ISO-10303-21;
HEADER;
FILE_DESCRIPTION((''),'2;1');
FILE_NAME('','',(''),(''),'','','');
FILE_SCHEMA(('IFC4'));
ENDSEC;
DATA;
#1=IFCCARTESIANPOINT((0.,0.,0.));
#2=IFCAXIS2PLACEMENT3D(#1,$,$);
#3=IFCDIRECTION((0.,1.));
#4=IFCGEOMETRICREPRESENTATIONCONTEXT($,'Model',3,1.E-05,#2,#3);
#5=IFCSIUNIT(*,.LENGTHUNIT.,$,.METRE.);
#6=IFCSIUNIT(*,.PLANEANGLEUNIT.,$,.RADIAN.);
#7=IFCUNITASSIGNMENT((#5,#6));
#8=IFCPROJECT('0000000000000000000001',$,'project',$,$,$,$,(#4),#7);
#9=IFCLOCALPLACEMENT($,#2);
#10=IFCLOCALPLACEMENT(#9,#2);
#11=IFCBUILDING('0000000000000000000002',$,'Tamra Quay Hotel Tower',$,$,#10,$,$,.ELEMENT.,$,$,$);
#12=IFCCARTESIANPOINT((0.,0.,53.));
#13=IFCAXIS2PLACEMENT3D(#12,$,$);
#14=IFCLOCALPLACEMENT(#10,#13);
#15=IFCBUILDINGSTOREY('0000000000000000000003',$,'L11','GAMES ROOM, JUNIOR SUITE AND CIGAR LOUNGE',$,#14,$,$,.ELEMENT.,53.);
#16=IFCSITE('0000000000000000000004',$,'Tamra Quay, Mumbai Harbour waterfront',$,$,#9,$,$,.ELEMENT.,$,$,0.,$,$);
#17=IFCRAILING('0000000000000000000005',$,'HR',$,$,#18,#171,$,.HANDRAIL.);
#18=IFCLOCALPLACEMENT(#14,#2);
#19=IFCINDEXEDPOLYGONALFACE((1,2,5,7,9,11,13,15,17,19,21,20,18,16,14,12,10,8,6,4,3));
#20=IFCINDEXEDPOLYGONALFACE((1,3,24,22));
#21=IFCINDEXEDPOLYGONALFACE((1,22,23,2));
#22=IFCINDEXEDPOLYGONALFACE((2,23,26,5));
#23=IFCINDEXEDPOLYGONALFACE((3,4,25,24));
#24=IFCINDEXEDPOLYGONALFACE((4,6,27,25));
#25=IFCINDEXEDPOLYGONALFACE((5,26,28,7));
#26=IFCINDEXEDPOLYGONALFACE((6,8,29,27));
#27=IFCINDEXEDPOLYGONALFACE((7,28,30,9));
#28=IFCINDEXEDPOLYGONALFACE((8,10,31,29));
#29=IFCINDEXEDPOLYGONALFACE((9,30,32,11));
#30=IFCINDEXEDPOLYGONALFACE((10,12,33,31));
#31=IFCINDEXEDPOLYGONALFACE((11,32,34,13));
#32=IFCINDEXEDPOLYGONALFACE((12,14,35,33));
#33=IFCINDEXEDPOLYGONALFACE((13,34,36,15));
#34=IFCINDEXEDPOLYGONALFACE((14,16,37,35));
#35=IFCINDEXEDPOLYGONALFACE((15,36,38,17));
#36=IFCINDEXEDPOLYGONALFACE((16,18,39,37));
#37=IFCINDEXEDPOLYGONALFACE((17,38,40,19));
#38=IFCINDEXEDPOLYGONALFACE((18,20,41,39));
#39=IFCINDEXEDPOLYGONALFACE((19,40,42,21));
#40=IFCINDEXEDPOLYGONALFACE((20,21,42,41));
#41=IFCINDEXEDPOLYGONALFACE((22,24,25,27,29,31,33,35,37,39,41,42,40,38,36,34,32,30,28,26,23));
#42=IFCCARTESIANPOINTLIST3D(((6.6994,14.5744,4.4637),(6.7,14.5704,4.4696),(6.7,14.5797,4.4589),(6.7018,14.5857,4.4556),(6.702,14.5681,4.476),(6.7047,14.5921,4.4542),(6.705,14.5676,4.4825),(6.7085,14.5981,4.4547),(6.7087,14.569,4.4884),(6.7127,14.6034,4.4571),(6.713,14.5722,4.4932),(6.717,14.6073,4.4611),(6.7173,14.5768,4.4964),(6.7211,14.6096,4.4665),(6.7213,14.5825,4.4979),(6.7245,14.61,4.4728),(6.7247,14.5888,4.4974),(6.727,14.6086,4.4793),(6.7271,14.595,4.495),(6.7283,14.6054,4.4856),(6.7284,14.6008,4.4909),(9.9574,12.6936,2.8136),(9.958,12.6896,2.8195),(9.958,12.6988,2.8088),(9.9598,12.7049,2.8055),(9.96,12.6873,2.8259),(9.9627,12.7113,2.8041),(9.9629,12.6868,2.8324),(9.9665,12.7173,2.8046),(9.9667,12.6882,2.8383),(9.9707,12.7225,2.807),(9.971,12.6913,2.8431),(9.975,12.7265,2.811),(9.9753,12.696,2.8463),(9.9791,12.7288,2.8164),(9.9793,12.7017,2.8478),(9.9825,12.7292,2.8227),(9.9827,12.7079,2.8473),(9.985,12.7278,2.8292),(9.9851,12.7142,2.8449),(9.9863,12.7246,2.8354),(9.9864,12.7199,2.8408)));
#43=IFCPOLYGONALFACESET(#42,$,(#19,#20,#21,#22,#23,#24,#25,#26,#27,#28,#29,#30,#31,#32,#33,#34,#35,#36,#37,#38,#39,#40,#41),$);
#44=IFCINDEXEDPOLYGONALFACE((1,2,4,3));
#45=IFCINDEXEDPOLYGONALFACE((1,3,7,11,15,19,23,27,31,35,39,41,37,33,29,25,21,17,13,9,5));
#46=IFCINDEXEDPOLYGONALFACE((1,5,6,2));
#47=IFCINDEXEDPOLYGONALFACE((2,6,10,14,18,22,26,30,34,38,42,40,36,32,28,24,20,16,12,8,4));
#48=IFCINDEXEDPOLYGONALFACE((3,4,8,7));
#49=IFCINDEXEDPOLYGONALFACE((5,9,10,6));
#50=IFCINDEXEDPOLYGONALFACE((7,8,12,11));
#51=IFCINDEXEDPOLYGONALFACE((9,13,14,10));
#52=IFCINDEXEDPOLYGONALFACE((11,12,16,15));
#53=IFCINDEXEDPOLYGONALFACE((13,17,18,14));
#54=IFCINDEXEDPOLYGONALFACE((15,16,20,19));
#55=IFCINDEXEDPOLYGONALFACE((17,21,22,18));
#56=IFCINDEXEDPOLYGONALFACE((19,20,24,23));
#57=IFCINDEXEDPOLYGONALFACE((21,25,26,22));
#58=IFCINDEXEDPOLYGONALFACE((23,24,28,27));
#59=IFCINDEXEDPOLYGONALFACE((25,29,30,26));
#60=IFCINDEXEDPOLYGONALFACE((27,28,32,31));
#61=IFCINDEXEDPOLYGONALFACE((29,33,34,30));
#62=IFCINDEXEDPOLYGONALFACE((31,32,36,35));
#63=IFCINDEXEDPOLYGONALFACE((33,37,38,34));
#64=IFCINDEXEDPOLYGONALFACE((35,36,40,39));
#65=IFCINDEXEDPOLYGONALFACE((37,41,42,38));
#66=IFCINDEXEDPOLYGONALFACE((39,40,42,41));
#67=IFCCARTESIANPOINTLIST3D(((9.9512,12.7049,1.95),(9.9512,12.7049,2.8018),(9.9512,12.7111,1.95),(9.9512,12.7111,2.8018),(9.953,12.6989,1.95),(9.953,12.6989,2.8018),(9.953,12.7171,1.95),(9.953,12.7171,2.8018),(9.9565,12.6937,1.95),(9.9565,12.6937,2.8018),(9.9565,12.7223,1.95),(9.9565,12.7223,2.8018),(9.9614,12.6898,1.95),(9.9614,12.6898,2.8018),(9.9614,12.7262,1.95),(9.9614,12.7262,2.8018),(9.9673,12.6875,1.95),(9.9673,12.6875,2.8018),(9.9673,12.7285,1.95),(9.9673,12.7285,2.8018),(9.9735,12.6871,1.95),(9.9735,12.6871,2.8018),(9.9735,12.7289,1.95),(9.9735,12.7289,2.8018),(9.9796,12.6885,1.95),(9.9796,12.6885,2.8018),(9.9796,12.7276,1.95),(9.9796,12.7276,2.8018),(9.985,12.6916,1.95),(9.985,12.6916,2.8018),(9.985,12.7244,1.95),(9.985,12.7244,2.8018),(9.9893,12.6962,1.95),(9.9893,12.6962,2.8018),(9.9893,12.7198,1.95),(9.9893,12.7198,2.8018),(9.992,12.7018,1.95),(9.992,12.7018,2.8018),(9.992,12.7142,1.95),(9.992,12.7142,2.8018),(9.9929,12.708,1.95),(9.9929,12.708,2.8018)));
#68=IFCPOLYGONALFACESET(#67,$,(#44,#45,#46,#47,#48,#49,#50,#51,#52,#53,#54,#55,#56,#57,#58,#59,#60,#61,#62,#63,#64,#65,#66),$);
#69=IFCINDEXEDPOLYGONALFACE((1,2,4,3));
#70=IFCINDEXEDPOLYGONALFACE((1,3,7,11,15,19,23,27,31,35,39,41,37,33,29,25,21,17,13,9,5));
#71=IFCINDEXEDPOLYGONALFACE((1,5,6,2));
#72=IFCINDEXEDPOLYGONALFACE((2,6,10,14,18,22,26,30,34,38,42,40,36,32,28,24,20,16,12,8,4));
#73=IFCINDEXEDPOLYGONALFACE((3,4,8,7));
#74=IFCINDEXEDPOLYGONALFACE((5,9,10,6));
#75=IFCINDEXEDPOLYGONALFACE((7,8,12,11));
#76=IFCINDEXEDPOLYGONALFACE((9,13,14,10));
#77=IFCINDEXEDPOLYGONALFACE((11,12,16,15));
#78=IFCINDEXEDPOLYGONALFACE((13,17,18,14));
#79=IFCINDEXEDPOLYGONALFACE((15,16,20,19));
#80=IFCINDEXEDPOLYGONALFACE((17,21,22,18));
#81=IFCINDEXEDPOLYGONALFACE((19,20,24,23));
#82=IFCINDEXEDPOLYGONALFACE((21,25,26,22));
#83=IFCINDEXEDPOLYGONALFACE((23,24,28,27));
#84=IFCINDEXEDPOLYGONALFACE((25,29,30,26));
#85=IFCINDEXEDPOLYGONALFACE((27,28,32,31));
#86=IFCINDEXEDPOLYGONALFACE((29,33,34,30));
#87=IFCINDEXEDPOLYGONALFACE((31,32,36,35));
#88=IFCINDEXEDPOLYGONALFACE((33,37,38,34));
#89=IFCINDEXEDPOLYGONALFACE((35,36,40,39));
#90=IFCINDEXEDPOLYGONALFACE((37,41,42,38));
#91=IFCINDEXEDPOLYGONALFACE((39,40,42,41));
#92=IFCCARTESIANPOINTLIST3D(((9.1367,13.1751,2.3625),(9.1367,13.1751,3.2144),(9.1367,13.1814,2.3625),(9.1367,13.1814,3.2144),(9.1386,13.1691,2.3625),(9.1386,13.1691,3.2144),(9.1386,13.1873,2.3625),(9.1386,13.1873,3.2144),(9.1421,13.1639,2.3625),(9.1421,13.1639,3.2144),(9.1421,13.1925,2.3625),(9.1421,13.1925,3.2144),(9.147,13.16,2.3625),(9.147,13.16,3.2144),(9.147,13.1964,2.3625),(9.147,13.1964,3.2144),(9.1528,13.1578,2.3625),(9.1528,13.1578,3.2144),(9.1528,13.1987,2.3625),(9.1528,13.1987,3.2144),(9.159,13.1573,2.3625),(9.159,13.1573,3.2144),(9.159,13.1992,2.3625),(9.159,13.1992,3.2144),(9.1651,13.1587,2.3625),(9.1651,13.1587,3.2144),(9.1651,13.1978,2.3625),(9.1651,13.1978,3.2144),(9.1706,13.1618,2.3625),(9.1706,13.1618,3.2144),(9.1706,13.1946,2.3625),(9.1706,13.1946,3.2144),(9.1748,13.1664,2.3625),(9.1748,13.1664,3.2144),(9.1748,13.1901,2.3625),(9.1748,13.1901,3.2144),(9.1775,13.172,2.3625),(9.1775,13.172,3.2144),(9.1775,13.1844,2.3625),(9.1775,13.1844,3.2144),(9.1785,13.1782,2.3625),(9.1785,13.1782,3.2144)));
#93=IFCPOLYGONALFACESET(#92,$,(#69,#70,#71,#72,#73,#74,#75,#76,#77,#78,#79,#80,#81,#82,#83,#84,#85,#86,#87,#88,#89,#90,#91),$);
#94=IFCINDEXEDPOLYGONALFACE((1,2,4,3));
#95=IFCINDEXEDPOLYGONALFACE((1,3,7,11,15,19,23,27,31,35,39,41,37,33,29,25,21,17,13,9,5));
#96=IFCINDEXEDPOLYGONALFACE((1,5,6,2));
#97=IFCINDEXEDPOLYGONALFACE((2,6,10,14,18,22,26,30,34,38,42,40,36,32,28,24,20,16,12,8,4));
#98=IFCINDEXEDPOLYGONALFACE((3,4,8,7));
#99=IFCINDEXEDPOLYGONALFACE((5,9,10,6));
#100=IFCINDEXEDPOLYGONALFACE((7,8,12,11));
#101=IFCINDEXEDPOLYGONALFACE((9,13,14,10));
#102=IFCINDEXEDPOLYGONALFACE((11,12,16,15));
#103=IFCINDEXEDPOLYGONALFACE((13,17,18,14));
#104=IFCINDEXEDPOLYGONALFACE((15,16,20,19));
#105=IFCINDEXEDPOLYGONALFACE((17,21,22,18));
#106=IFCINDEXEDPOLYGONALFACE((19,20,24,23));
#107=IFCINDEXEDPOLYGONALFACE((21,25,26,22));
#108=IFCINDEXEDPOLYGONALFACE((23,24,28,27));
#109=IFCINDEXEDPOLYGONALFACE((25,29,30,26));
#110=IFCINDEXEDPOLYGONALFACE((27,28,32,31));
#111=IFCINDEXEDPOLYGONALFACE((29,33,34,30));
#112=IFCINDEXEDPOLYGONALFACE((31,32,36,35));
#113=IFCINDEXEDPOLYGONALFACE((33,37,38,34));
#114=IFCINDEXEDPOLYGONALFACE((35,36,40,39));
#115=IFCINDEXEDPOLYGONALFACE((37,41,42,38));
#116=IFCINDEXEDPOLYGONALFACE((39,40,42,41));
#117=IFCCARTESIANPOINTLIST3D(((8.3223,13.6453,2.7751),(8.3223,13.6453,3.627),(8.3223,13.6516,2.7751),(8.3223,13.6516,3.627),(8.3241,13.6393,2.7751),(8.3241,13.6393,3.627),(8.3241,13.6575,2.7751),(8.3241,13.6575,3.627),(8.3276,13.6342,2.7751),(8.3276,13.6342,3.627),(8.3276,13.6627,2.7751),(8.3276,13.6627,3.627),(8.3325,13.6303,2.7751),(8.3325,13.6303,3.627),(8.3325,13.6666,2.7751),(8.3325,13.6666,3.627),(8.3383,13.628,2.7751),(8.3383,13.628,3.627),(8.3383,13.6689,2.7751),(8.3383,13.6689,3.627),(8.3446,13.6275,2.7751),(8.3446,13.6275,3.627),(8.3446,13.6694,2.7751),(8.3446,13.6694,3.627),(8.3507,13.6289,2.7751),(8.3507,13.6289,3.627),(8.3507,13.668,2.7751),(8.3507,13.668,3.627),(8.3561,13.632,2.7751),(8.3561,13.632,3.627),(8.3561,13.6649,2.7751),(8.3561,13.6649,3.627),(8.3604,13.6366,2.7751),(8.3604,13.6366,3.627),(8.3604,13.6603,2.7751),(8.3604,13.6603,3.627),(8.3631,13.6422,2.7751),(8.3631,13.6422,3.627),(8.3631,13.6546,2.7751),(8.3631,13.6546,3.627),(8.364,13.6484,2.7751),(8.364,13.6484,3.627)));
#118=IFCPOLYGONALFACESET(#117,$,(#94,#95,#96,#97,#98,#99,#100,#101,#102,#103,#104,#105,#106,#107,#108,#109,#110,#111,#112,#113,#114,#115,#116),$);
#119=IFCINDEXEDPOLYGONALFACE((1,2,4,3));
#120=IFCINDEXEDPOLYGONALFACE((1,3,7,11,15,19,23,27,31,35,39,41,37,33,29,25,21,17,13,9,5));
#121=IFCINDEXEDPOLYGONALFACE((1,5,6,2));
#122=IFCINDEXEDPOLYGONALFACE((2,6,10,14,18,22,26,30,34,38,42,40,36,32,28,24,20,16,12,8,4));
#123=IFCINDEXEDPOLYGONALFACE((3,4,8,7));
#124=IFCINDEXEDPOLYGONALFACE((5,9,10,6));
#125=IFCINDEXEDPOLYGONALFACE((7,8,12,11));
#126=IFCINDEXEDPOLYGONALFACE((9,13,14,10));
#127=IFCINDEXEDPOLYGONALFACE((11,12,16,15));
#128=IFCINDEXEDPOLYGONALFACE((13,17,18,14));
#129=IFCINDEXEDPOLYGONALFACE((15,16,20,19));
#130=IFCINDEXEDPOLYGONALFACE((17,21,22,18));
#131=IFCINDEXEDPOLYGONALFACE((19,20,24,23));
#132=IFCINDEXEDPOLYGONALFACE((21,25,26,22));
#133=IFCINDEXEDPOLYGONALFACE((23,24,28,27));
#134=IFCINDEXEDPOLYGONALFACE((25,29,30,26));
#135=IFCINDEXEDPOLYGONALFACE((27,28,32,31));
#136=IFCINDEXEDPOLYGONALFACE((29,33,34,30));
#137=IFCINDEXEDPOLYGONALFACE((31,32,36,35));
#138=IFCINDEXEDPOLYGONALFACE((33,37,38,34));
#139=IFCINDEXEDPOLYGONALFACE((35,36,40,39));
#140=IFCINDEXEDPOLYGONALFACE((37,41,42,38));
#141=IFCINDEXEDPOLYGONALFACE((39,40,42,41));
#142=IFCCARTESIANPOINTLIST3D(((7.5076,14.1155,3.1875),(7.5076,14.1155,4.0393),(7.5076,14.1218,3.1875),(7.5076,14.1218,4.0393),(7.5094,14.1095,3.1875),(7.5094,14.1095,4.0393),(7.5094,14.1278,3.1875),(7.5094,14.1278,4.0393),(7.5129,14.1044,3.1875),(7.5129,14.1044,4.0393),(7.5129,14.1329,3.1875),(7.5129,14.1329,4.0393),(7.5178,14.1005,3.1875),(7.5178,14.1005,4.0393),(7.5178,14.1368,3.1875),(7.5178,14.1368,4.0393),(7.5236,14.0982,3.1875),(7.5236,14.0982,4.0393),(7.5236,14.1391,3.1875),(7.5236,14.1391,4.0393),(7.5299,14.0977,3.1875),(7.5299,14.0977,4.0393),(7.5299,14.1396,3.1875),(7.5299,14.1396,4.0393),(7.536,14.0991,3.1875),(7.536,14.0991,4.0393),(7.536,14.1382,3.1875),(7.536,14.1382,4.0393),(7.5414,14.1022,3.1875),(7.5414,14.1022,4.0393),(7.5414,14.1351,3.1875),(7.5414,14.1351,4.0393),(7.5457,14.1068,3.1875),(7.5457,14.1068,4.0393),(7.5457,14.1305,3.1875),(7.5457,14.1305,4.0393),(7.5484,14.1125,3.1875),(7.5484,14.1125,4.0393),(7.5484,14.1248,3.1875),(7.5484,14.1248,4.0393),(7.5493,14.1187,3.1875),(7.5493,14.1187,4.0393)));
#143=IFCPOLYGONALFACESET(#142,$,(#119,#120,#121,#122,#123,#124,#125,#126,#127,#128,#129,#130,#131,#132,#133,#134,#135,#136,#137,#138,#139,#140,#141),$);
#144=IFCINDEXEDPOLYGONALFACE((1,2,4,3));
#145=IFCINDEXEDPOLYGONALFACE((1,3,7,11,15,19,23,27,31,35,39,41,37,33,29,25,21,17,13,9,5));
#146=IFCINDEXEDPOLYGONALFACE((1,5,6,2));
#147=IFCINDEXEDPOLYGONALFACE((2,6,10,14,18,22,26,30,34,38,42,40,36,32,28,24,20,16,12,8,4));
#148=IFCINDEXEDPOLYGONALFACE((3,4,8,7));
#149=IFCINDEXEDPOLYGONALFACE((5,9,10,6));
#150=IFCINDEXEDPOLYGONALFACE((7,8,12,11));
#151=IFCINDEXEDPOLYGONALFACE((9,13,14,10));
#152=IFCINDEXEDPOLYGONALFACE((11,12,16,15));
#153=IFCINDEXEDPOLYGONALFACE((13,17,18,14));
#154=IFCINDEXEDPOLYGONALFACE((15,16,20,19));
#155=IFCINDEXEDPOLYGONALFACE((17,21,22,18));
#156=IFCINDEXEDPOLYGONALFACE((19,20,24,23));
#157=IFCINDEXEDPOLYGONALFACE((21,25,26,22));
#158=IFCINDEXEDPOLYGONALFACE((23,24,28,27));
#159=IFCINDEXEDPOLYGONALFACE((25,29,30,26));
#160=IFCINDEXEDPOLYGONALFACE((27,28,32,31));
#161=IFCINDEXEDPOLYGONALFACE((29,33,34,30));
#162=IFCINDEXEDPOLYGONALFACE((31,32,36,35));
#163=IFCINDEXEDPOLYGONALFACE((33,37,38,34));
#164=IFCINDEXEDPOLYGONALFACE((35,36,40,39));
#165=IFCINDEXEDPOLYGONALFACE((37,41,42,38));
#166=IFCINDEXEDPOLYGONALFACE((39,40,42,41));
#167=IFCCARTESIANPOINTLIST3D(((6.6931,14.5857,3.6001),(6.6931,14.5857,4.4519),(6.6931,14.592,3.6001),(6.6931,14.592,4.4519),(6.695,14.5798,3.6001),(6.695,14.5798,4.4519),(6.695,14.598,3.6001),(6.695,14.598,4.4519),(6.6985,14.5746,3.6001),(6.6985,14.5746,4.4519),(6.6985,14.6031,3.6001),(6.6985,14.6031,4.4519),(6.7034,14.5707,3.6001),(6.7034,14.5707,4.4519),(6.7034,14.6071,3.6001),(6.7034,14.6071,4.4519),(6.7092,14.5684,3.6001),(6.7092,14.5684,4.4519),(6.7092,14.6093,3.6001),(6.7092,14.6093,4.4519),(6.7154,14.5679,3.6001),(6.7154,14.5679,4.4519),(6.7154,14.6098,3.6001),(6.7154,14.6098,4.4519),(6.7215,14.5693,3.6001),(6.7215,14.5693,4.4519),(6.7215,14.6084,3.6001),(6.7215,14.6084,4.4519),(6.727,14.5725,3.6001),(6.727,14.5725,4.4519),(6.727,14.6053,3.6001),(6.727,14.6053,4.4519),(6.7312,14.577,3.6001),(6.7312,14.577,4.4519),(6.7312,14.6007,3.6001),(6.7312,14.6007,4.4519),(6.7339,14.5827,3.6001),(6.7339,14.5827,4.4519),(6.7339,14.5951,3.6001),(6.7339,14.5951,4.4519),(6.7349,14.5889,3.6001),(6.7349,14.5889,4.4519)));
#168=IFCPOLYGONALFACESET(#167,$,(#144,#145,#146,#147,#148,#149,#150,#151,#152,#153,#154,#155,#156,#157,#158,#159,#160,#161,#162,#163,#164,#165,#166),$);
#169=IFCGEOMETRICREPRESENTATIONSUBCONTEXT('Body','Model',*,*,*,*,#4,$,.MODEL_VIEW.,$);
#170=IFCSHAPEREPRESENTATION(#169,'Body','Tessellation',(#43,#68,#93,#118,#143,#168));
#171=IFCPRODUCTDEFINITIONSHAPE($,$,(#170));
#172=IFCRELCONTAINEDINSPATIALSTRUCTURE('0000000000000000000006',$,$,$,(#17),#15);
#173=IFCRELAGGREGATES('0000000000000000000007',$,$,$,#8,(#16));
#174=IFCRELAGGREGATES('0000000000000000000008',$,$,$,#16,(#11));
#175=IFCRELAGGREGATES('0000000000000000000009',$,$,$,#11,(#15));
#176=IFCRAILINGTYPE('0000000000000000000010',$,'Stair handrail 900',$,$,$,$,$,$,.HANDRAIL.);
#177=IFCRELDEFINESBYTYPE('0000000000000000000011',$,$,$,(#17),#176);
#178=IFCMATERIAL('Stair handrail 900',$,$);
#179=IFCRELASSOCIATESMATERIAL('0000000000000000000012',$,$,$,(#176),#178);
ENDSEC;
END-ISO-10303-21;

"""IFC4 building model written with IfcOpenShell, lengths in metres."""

from ifc_helpers import new_model, si_unit, direction, frame, origin, origin_2d, place, context, subcontext, project, spatial, circle, extrude, material, type_object, element, save


model = new_model("IFC4")

# Units and contexts
model_context = context("Model", 3, precision=1e-05, world=origin(), true_north=direction((0.0, 1.0)))
body_context = subcontext(model_context, "Body", "Model", "MODEL_VIEW")
ifc_project = project(units=[si_unit("LENGTHUNIT", "METRE"), si_unit("PLANEANGLEUNIT", "RADIAN")], contexts=[model_context])

# Site, building, storey
site_placement = place(None, origin())
site = spatial("IfcSite", under=ifc_project, at=site_placement, Name="Tamra Quay, Mumbai Harbour waterfront", CompositionType="ELEMENT", RefElevation=0.0)
building_placement = place(site_placement, origin())
building = spatial("IfcBuilding", under=site, at=building_placement, Name="Tamra Quay Hotel Tower", CompositionType="ELEMENT")
storey_placement = place(building_placement, frame((0.0, 0.0, 53.0)))
storey = spatial("IfcBuildingStorey", under=building, at=storey_placement, Name="L11", Description="GAMES ROOM, JUNIOR SUITE AND CIGAR LOUNGE", CompositionType="ELEMENT", Elevation=53.0)

# Railing
ifc_material_1 = material(Name="Stair handrail 900")
railing_type_1 = type_object("IfcRailingType", Name="Stair handrail 900", PredefinedType="HANDRAIL", material=ifc_material_1)
railing_1_placement = place(storey_placement, frame((9.9719, 12.708, 1.95)))
element("IfcRailing", 1, at=railing_1_placement, inside=storey, type_object=railing_type_1, Name="HR", PredefinedType="HANDRAIL", context=body_context, shape_type="SweptSolid", body=[
    extrude(circle(Radius=0.0239, at=origin_2d()), frame((0.0, 0.0, 0.876), z_axis=(-0.793103, 0.457854, 0.401692), x_axis=(-0.499964, -0.866046, 0.0)), (0.0, 0.0, 1.0), 4.1079),
    extrude(circle(Radius=0.021, at=origin_2d()), origin(), (0.0, 0.0, 1.0), 0.8518),
    extrude(circle(Radius=0.021, at=origin_2d()), frame((-0.8145, 0.4702, 0.4126)), (0.0, 0.0, 1.0), 0.8518),
    extrude(circle(Radius=0.021, at=origin_2d()), frame((-1.6289, 0.9404, 0.8252)), (0.0, 0.0, 1.0), 0.8518),
    extrude(circle(Radius=0.021, at=origin_2d()), frame((-2.4436, 1.4106, 1.2375)), (0.0, 0.0, 1.0), 0.8518),
    extrude(circle(Radius=0.021, at=origin_2d()), frame((-3.2581, 1.8809, 1.6501)), (0.0, 0.0, 1.0), 0.8518),
])

save(model, "model.ifc")
